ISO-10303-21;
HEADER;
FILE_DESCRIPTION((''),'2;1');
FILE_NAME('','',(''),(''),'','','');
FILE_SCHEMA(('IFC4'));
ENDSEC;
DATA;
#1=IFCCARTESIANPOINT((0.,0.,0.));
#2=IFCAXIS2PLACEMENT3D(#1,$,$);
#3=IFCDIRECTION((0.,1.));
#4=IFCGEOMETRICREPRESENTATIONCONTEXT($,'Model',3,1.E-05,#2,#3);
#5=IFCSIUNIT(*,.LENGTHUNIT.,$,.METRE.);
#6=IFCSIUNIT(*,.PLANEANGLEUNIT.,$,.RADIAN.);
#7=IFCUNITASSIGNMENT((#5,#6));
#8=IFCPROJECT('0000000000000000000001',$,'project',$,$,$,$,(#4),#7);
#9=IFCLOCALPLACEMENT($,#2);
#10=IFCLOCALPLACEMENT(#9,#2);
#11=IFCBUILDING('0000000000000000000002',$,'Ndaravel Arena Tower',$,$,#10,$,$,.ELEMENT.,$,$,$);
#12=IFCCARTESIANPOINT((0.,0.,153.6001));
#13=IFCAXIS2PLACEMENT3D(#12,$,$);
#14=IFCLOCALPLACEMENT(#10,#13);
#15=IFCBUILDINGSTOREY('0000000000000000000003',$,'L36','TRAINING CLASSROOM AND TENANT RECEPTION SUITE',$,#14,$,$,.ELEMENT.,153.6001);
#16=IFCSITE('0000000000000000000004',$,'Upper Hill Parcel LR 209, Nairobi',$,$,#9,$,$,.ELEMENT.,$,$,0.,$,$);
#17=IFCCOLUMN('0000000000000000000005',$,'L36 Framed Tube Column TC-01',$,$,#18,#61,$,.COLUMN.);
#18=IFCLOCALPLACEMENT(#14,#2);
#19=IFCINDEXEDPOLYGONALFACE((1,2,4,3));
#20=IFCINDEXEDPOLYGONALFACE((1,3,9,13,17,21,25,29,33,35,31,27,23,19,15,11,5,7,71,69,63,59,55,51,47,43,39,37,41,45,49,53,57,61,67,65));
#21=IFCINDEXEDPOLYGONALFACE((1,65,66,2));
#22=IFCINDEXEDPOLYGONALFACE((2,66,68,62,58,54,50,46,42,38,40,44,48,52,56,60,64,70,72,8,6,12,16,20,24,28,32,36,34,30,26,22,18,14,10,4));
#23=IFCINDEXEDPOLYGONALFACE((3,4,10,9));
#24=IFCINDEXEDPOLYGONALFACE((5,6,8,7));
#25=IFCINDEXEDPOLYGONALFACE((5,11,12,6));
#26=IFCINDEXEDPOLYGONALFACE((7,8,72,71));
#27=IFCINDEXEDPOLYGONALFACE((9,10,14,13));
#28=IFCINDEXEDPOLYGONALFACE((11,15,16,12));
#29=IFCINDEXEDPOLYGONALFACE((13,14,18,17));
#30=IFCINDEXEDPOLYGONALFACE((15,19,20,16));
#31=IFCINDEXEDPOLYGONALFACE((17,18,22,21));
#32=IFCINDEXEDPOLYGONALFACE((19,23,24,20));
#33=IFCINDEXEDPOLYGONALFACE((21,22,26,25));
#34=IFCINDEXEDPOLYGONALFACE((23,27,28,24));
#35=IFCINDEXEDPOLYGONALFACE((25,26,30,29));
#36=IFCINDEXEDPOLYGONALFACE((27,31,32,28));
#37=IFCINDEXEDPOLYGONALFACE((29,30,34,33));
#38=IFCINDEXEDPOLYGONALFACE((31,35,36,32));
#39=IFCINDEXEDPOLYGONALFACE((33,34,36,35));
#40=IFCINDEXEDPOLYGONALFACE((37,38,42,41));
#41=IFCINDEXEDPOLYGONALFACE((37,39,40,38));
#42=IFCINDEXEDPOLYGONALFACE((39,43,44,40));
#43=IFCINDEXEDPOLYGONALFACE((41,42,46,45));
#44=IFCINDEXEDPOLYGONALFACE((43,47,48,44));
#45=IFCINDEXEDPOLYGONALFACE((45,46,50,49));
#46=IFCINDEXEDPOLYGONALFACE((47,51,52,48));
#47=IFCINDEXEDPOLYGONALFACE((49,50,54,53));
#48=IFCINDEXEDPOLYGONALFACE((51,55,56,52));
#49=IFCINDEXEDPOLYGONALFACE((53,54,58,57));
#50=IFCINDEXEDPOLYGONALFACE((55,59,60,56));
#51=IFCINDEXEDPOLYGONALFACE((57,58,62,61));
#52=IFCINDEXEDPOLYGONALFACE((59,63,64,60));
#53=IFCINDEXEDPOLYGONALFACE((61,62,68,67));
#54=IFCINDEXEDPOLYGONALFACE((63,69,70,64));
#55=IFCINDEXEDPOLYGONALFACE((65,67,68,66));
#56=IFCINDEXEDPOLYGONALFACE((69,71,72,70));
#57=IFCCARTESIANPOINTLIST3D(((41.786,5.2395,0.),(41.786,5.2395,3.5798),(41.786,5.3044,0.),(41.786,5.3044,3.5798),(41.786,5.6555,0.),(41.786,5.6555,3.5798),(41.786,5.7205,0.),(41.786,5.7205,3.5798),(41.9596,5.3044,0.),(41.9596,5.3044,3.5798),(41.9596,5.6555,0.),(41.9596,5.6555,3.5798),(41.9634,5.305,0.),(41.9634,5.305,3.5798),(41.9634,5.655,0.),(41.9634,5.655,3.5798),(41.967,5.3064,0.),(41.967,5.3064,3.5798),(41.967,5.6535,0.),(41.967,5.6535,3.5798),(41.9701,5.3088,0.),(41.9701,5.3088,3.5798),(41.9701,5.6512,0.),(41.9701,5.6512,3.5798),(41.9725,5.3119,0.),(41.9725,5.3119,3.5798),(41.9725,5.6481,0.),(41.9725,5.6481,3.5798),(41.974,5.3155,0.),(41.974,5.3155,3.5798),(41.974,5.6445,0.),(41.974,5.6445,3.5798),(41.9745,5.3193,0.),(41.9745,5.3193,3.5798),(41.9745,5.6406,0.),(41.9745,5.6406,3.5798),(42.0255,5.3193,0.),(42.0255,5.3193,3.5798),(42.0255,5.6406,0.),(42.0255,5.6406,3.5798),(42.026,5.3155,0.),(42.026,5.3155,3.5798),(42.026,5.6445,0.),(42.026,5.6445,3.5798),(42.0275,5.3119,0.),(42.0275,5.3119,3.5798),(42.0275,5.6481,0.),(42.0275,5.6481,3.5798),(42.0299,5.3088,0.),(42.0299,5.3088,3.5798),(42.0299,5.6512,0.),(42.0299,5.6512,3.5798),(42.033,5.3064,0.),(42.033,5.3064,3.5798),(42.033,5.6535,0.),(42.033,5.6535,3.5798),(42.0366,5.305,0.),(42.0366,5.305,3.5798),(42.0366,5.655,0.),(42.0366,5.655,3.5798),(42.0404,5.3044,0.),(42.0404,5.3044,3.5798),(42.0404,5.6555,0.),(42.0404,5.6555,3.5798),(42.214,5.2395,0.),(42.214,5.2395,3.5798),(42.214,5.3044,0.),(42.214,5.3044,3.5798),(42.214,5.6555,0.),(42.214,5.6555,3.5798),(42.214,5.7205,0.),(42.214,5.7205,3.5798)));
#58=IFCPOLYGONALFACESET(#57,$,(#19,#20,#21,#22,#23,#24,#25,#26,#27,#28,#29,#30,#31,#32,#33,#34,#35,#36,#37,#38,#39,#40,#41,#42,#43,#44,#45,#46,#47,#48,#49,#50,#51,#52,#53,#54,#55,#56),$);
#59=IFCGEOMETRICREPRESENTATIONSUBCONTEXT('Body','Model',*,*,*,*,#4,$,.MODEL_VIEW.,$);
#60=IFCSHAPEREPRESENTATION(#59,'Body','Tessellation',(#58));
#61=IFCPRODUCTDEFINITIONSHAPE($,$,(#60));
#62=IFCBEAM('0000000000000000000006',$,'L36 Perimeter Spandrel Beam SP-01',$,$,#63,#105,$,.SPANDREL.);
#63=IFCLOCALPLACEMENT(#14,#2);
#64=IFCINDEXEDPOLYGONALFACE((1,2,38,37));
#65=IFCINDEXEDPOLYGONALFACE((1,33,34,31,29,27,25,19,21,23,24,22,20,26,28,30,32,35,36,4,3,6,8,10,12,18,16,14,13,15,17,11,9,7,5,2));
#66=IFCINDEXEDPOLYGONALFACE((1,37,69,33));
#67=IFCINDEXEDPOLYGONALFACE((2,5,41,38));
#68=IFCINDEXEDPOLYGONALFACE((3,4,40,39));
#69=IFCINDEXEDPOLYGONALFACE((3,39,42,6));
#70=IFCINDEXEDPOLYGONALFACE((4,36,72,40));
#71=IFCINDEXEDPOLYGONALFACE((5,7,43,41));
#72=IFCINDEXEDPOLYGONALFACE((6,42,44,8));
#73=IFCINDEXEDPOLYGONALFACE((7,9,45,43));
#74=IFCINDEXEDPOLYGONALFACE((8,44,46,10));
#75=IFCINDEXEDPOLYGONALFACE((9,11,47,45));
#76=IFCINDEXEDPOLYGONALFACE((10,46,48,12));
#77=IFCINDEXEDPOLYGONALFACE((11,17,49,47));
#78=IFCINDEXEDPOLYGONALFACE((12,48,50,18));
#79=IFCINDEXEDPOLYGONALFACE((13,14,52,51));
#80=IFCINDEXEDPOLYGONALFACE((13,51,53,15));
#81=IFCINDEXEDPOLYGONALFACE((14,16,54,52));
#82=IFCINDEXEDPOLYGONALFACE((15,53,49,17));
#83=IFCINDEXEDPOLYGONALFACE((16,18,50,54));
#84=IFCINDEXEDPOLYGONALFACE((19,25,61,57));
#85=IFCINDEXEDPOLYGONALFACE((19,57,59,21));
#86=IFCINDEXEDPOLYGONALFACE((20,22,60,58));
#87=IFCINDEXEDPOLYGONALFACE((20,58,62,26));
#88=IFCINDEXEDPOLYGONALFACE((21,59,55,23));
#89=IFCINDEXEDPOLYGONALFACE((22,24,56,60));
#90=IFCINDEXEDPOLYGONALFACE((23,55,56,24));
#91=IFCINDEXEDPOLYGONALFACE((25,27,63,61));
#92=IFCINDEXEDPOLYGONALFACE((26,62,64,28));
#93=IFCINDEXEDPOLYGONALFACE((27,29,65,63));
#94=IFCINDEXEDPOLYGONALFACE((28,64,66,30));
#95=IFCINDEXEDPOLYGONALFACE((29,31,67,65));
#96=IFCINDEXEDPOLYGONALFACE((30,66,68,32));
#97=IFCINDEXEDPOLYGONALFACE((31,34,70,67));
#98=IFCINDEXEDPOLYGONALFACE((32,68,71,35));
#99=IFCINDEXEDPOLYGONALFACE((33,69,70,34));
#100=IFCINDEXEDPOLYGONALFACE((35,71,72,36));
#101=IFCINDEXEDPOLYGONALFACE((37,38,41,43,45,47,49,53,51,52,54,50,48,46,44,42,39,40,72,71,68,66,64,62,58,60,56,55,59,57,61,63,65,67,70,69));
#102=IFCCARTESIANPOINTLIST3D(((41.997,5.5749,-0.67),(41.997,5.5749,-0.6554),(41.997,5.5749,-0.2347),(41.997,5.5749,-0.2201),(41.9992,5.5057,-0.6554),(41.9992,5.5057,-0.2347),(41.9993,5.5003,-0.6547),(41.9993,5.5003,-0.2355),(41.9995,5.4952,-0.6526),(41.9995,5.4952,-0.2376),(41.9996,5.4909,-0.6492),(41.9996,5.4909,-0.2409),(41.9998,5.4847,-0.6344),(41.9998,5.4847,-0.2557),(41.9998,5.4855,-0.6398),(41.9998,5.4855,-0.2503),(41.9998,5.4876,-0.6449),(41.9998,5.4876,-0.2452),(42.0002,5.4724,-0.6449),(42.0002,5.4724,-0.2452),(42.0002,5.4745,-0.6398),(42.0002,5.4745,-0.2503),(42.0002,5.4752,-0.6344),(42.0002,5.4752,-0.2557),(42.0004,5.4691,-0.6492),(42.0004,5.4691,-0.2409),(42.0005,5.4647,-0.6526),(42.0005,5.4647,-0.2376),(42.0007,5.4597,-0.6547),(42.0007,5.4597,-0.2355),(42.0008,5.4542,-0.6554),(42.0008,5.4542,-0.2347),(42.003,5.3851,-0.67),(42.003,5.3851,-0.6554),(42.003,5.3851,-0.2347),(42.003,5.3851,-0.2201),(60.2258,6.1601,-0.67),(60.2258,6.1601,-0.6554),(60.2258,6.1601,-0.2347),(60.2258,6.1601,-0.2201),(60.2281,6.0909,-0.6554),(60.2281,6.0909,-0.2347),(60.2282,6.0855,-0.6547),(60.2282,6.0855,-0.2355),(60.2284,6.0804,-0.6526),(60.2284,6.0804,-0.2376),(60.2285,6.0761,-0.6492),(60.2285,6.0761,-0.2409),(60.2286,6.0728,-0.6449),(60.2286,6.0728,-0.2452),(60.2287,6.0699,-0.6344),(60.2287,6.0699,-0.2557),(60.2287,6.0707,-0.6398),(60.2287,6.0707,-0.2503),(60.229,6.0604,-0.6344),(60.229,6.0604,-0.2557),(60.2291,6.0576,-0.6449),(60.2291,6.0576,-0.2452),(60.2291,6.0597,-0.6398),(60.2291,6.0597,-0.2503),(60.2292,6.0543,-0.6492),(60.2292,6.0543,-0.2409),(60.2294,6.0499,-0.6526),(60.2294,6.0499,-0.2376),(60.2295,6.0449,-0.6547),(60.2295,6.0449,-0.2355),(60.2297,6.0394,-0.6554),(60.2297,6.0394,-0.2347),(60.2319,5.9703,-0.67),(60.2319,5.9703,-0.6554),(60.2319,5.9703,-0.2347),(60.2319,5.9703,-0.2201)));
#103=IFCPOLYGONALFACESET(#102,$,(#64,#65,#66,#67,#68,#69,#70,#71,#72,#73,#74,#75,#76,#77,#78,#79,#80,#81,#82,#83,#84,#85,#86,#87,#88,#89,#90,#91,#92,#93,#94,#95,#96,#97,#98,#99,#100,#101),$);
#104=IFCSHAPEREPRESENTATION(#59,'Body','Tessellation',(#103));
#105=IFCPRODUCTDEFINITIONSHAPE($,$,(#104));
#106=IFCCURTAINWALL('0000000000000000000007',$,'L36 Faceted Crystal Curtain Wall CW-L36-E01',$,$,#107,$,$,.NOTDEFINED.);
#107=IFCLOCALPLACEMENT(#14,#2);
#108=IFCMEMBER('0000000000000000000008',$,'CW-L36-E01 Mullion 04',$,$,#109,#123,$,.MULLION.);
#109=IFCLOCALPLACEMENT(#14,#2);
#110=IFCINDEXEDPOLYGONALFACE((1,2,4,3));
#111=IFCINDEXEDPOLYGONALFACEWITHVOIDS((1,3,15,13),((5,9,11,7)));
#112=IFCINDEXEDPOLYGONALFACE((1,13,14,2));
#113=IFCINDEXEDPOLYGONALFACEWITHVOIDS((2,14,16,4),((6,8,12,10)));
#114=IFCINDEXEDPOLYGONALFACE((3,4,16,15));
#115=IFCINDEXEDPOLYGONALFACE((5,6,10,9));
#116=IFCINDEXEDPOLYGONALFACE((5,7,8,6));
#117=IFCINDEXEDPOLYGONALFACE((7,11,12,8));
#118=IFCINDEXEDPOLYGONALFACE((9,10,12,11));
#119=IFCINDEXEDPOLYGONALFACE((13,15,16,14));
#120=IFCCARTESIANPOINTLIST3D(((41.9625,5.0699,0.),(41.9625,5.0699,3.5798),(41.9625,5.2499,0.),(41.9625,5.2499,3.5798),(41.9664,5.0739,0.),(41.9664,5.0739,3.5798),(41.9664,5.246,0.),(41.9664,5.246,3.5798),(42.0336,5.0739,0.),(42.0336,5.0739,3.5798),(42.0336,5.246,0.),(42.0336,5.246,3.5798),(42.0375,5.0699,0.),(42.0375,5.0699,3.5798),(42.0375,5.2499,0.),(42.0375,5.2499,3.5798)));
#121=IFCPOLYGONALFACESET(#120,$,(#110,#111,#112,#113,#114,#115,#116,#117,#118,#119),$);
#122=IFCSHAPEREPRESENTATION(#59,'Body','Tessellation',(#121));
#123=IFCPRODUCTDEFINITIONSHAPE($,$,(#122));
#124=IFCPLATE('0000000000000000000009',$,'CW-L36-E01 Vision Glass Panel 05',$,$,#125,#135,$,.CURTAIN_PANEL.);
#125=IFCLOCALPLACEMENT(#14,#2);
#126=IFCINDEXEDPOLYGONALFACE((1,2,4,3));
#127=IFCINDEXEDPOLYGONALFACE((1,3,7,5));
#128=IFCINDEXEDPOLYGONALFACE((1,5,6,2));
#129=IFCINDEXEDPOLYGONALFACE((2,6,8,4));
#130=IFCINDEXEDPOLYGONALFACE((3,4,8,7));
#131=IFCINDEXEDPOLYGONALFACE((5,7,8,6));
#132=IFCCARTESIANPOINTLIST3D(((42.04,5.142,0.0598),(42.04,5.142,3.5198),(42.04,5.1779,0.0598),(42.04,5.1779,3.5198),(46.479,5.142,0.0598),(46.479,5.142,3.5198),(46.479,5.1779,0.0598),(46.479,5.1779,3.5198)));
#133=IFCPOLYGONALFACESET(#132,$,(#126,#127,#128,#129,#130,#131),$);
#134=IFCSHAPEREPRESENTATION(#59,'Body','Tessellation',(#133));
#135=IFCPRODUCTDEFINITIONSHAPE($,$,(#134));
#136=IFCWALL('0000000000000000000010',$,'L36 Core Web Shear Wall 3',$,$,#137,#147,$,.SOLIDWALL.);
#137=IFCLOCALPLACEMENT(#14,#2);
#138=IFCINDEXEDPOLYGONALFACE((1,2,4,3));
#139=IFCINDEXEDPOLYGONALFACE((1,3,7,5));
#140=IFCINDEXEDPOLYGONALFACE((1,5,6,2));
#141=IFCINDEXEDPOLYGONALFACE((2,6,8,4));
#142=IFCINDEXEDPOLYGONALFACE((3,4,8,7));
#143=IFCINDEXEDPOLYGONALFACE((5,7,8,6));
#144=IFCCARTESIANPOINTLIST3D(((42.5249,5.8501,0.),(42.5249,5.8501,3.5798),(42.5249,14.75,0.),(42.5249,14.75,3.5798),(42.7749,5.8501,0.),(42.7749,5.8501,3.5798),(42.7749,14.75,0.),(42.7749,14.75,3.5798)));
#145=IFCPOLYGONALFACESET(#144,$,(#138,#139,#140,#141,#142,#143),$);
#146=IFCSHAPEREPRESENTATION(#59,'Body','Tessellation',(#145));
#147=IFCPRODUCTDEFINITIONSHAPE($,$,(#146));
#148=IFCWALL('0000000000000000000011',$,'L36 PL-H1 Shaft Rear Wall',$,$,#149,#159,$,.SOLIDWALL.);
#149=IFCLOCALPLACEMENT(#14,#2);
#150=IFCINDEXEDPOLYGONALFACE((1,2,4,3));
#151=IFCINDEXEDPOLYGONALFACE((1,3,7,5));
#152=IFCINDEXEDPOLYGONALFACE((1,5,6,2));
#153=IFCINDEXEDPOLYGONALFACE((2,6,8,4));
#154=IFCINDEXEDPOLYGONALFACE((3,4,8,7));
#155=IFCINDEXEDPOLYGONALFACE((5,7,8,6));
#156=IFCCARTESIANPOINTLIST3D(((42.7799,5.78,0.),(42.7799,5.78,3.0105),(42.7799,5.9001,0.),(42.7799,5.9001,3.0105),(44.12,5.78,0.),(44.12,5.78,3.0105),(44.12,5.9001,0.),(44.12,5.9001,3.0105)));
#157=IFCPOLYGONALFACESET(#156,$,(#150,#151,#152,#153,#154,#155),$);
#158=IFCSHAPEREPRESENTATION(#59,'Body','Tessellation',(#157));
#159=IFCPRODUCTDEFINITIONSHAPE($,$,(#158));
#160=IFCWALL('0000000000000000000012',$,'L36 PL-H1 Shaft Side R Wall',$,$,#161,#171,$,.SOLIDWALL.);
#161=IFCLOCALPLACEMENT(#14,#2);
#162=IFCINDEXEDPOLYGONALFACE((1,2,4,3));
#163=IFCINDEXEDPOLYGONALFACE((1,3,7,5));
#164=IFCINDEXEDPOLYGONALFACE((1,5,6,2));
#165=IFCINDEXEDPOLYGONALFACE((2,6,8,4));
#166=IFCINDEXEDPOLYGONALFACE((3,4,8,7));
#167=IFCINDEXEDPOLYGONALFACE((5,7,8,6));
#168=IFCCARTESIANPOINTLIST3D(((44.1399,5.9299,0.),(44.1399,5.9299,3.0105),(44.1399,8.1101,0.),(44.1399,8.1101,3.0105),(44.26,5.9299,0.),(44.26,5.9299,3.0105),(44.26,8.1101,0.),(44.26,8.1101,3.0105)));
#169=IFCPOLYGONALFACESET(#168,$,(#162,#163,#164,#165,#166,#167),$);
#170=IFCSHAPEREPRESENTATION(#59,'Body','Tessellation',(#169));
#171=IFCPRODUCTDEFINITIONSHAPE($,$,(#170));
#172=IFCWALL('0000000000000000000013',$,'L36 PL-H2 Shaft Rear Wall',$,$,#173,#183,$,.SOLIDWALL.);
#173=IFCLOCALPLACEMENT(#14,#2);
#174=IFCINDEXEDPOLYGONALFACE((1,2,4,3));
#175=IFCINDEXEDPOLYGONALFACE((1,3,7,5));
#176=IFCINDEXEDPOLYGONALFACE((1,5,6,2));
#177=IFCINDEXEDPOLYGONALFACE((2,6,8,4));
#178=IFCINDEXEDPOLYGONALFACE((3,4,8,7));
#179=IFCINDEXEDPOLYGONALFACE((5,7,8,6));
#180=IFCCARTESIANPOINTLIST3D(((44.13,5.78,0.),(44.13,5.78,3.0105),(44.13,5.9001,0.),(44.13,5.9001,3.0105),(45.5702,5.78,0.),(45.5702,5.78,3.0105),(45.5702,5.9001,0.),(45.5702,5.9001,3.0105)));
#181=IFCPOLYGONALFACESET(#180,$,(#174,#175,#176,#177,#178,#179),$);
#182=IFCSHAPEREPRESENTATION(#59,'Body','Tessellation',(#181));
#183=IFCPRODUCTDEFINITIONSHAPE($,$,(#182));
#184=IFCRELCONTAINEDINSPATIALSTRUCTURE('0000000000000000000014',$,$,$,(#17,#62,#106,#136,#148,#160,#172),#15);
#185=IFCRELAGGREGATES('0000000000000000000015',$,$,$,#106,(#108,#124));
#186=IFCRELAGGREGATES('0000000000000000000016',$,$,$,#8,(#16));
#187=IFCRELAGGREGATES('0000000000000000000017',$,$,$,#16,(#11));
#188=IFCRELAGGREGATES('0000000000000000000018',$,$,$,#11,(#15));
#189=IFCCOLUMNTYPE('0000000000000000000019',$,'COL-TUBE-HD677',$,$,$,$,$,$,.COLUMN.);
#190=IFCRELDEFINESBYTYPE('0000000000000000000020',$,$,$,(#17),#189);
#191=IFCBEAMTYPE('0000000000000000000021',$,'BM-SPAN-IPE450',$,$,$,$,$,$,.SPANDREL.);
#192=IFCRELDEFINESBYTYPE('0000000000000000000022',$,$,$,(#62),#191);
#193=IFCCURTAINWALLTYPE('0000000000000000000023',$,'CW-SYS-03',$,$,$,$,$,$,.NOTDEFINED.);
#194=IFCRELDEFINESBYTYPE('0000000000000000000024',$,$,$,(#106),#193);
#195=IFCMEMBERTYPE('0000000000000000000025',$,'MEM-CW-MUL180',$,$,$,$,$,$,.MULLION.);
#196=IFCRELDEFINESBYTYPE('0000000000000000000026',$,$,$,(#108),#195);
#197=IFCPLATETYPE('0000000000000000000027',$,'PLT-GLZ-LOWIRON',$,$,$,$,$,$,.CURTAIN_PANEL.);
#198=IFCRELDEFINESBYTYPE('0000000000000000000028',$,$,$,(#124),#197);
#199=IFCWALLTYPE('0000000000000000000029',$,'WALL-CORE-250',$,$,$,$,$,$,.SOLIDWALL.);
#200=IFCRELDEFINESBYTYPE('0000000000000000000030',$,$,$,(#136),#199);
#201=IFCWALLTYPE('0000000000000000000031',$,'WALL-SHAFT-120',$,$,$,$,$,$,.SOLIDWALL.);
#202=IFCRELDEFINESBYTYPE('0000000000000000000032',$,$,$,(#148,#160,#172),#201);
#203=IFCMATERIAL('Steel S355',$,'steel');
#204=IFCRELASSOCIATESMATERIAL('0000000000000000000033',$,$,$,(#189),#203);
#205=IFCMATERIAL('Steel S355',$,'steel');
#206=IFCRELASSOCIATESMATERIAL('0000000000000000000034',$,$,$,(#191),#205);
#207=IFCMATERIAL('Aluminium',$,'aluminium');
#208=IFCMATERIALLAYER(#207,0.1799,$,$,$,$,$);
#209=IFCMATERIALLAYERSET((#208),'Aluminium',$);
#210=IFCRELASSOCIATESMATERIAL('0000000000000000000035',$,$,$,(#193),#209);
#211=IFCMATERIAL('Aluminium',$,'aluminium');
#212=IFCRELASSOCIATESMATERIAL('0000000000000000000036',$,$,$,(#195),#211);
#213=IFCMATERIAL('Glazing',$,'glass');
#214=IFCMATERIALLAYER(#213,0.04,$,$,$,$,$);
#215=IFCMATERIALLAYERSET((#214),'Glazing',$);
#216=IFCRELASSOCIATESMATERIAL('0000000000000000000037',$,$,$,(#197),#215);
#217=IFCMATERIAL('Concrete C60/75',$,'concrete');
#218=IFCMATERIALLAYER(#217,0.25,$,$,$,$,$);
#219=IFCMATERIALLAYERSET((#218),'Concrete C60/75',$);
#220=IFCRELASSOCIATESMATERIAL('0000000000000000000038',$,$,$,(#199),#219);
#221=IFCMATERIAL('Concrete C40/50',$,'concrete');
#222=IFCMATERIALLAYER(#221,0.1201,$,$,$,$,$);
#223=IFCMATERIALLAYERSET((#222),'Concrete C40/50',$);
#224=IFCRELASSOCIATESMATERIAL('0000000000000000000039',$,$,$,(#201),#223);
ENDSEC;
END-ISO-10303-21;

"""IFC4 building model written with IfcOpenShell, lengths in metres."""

from ifc_helpers import new_model, si_unit, direction, frame, frame_2d, origin, origin_2d, place, context, subcontext, project, spatial, rectangle, hollow_rectangle, i_section, extrude, material, layer, layer_set, material_profile, profile_set, type_object, element, aggregate, save


model = new_model("IFC4")

# Units and contexts
model_context = context("Model", 3, precision=1e-05, world=origin(), true_north=direction((0.0, 1.0)))
body_context = subcontext(model_context, "Body", "Model", "MODEL_VIEW")
ifc_project = project(units=[si_unit("LENGTHUNIT", "METRE"), si_unit("PLANEANGLEUNIT", "RADIAN")], contexts=[model_context])

# Site, building, storey
site_placement = place(None, origin())
site = spatial("IfcSite", under=ifc_project, at=site_placement, Name="Upper Hill Parcel LR 209, Nairobi", CompositionType="ELEMENT", RefElevation=0.0)
building_placement = place(site_placement, origin())
building = spatial("IfcBuilding", under=site, at=building_placement, Name="Ndaravel Arena Tower", CompositionType="ELEMENT")
storey_placement = place(building_placement, frame((0.0, 0.0, 153.6001)))
storey = spatial("IfcBuildingStorey", under=building, at=storey_placement, Name="L36", Description="TRAINING CLASSROOM AND TENANT RECEPTION SUITE", CompositionType="ELEMENT", Elevation=153.6001)

# Column
ifc_material_1 = material(Name="Steel S355", Category="steel")
ifc_material_profile_1 = material_profile(ifc_material_1, i_section(OverallWidth=0.428, OverallDepth=0.481, WebThickness=0.051, FlangeThickness=0.0649, FilletRadius=0.0149, at=origin_2d()), Name="HD 400x677")
ifc_profile_set_1 = profile_set([ifc_material_profile_1], Name="Steel S355")
column_type = type_object("IfcColumnType", Name="COL-TUBE-HD677", PredefinedType="COLUMN", material=ifc_profile_set_1)
column_placement = place(storey_placement, frame((42.0, 5.48, 0.0), z_axis=(0.0, 0.0, 1.0), x_axis=(1.0, 0.0, 0.0)))
element("IfcColumn", 1, at=column_placement, inside=storey, type_object=column_type, Name="L36 Framed Tube Column TC-01", PredefinedType="COLUMN", context=body_context, shape_type="SweptSolid", body=[
    extrude(i_section(OverallWidth=0.428, OverallDepth=0.481, WebThickness=0.051, FlangeThickness=0.0649, FilletRadius=0.0149, at=origin_2d()), origin(), (0.0, 0.0, 1.0), 3.5798),
])

# Beam
ifc_material_2 = material(Name="Steel S355", Category="steel")
ifc_material_profile_2 = material_profile(ifc_material_2, i_section(OverallWidth=0.1899, OverallDepth=0.45, WebThickness=0.0095, FlangeThickness=0.0146, FilletRadius=0.021, at=origin_2d()), Name="IPE 450")
ifc_profile_set_2 = profile_set([ifc_material_profile_2], Name="Steel S355")
beam_type = type_object("IfcBeamType", Name="BM-SPAN-IPE450", PredefinedType="SPANDREL", material=ifc_profile_set_2)
beam_placement = place(storey_placement, frame((42.0, 5.48, -0.4451), z_axis=(0.999485, 0.032086, 0.0), x_axis=(-0.032086, 0.999485, 0.0)))
element("IfcBeam", 2, at=beam_placement, inside=storey, type_object=beam_type, Name="L36 Perimeter Spandrel Beam SP-01", PredefinedType="SPANDREL", context=body_context, shape_type="SweptSolid", body=[
    extrude(i_section(OverallWidth=0.1899, OverallDepth=0.45, WebThickness=0.0095, FlangeThickness=0.0146, FilletRadius=0.021, at=origin_2d()), origin(), (0.0, 0.0, 1.0), 18.2383),
])

# Curtain wall, member, plate
ifc_material_3 = material(Name="Aluminium", Category="aluminium")
ifc_layer_1 = layer(ifc_material_3, 0.1799)
ifc_layer_set_1 = layer_set([ifc_layer_1], Name="Aluminium")
curtain_wall_type = type_object("IfcCurtainWallType", Name="CW-SYS-03", PredefinedType="NOTDEFINED", material=ifc_layer_set_1)
curtain_wall_placement = place(storey_placement, origin())
curtain_wall = element("IfcCurtainWall", 3, at=curtain_wall_placement, inside=storey, type_object=curtain_wall_type, Name="L36 Faceted Crystal Curtain Wall CW-L36-E01", PredefinedType="NOTDEFINED")
ifc_material_4 = material(Name="Aluminium", Category="aluminium")
ifc_material_profile_3 = material_profile(ifc_material_4, hollow_rectangle(XDim=0.075, YDim=0.1799, WallThickness=0.0039, at=origin_2d()), Name="CW MULLION 75x180x4")
ifc_profile_set_3 = profile_set([ifc_material_profile_3], Name="Aluminium")
member_type = type_object("IfcMemberType", Name="MEM-CW-MUL180", PredefinedType="MULLION", material=ifc_profile_set_3)
member_placement = place(storey_placement, frame((42.0, 5.1599, 0.0), z_axis=(0.0, 0.0, 1.0), x_axis=(1.0, 0.0, 0.0)))
member = element("IfcMember", 4, at=member_placement, type_object=member_type, Name="CW-L36-E01 Mullion 04", PredefinedType="MULLION", context=body_context, shape_type="SweptSolid", body=[
    extrude(hollow_rectangle(XDim=0.075, YDim=0.1799, WallThickness=0.0039, at=origin_2d()), origin(), (0.0, 0.0, 1.0), 3.5798),
])
ifc_material_5 = material(Name="Glazing", Category="glass")
ifc_layer_2 = layer(ifc_material_5, 0.04)
ifc_layer_set_2 = layer_set([ifc_layer_2], Name="Glazing")
plate_type = type_object("IfcPlateType", Name="PLT-GLZ-LOWIRON", PredefinedType="CURTAIN_PANEL", material=ifc_layer_set_2)
plate_placement = place(storey_placement, frame((44.2595, 5.1599, 0.0598), z_axis=(0.0, 0.0, 1.0), x_axis=(1.0, 0.0, 0.0)))
plate = element("IfcPlate", 5, at=plate_placement, type_object=plate_type, Name="CW-L36-E01 Vision Glass Panel 05", PredefinedType="CURTAIN_PANEL", context=body_context, shape_type="SweptSolid", body=[
    extrude(rectangle(XDim=4.439, YDim=0.0359, at=origin_2d()), origin(), (0.0, 0.0, 1.0), 3.46),
])
aggregate(curtain_wall, [member, plate])

# Walls
ifc_material_6 = material(Name="Concrete C60/75", Category="concrete")
ifc_layer_3 = layer(ifc_material_6, 0.25)
ifc_layer_set_3 = layer_set([ifc_layer_3], Name="Concrete C60/75")
wall_type_1 = type_object("IfcWallType", Name="WALL-CORE-250", PredefinedType="SOLIDWALL", material=ifc_layer_set_3)
wall_1_placement = place(storey_placement, frame((42.6499, 5.8501, 0.0), z_axis=(0.0, 0.0, 1.0), x_axis=(0.0, 1.0, 0.0)))
element("IfcWall", 6, at=wall_1_placement, inside=storey, type_object=wall_type_1, Name="L36 Core Web Shear Wall 3", PredefinedType="SOLIDWALL", context=body_context, shape_type="SweptSolid", body=[
    extrude(rectangle(XDim=8.8999, YDim=0.25, at=frame_2d((4.45, 0.0))), origin(), (0.0, 0.0, 1.0), 3.5798),
])
ifc_material_7 = material(Name="Concrete C40/50", Category="concrete")
ifc_layer_4 = layer(ifc_material_7, 0.1201)
ifc_layer_set_4 = layer_set([ifc_layer_4], Name="Concrete C40/50")
wall_type_2 = type_object("IfcWallType", Name="WALL-SHAFT-120", PredefinedType="SOLIDWALL", material=ifc_layer_set_4)
wall_2_placement = place(storey_placement, frame((42.78, 5.8401, 0.0), z_axis=(0.0, 0.0, 1.0), x_axis=(1.0, 0.0, 0.0)))
element("IfcWall", 7, at=wall_2_placement, inside=storey, type_object=wall_type_2, Name="L36 PL-H1 Shaft Rear Wall", PredefinedType="SOLIDWALL", context=body_context, shape_type="SweptSolid", body=[
    extrude(rectangle(XDim=1.3401, YDim=0.1201, at=frame_2d((0.6699, 0.0))), origin(), (0.0, 0.0, 1.0), 3.0105),
])
wall_3_placement = place(storey_placement, frame((44.2, 5.9299, 0.0), z_axis=(0.0, 0.0, 1.0), x_axis=(0.0, 1.0, 0.0)))
element("IfcWall", 8, at=wall_3_placement, inside=storey, type_object=wall_type_2, Name="L36 PL-H1 Shaft Side R Wall", PredefinedType="SOLIDWALL", context=body_context, shape_type="SweptSolid", body=[
    extrude(rectangle(XDim=2.1802, YDim=0.1201, at=frame_2d((1.0901, 0.0))), origin(), (0.0, 0.0, 1.0), 3.0105),
])
wall_4_placement = place(storey_placement, frame((44.1299, 5.8401, 0.0), z_axis=(0.0, 0.0, 1.0), x_axis=(1.0, 0.0, 0.0)))
element("IfcWall", 9, at=wall_4_placement, inside=storey, type_object=wall_type_2, Name="L36 PL-H2 Shaft Rear Wall", PredefinedType="SOLIDWALL", context=body_context, shape_type="SweptSolid", body=[
    extrude(rectangle(XDim=1.4402, YDim=0.1201, at=frame_2d((0.7202, 0.0))), origin(), (0.0, 0.0, 1.0), 3.0105),
])

save(model, "model.ifc")
